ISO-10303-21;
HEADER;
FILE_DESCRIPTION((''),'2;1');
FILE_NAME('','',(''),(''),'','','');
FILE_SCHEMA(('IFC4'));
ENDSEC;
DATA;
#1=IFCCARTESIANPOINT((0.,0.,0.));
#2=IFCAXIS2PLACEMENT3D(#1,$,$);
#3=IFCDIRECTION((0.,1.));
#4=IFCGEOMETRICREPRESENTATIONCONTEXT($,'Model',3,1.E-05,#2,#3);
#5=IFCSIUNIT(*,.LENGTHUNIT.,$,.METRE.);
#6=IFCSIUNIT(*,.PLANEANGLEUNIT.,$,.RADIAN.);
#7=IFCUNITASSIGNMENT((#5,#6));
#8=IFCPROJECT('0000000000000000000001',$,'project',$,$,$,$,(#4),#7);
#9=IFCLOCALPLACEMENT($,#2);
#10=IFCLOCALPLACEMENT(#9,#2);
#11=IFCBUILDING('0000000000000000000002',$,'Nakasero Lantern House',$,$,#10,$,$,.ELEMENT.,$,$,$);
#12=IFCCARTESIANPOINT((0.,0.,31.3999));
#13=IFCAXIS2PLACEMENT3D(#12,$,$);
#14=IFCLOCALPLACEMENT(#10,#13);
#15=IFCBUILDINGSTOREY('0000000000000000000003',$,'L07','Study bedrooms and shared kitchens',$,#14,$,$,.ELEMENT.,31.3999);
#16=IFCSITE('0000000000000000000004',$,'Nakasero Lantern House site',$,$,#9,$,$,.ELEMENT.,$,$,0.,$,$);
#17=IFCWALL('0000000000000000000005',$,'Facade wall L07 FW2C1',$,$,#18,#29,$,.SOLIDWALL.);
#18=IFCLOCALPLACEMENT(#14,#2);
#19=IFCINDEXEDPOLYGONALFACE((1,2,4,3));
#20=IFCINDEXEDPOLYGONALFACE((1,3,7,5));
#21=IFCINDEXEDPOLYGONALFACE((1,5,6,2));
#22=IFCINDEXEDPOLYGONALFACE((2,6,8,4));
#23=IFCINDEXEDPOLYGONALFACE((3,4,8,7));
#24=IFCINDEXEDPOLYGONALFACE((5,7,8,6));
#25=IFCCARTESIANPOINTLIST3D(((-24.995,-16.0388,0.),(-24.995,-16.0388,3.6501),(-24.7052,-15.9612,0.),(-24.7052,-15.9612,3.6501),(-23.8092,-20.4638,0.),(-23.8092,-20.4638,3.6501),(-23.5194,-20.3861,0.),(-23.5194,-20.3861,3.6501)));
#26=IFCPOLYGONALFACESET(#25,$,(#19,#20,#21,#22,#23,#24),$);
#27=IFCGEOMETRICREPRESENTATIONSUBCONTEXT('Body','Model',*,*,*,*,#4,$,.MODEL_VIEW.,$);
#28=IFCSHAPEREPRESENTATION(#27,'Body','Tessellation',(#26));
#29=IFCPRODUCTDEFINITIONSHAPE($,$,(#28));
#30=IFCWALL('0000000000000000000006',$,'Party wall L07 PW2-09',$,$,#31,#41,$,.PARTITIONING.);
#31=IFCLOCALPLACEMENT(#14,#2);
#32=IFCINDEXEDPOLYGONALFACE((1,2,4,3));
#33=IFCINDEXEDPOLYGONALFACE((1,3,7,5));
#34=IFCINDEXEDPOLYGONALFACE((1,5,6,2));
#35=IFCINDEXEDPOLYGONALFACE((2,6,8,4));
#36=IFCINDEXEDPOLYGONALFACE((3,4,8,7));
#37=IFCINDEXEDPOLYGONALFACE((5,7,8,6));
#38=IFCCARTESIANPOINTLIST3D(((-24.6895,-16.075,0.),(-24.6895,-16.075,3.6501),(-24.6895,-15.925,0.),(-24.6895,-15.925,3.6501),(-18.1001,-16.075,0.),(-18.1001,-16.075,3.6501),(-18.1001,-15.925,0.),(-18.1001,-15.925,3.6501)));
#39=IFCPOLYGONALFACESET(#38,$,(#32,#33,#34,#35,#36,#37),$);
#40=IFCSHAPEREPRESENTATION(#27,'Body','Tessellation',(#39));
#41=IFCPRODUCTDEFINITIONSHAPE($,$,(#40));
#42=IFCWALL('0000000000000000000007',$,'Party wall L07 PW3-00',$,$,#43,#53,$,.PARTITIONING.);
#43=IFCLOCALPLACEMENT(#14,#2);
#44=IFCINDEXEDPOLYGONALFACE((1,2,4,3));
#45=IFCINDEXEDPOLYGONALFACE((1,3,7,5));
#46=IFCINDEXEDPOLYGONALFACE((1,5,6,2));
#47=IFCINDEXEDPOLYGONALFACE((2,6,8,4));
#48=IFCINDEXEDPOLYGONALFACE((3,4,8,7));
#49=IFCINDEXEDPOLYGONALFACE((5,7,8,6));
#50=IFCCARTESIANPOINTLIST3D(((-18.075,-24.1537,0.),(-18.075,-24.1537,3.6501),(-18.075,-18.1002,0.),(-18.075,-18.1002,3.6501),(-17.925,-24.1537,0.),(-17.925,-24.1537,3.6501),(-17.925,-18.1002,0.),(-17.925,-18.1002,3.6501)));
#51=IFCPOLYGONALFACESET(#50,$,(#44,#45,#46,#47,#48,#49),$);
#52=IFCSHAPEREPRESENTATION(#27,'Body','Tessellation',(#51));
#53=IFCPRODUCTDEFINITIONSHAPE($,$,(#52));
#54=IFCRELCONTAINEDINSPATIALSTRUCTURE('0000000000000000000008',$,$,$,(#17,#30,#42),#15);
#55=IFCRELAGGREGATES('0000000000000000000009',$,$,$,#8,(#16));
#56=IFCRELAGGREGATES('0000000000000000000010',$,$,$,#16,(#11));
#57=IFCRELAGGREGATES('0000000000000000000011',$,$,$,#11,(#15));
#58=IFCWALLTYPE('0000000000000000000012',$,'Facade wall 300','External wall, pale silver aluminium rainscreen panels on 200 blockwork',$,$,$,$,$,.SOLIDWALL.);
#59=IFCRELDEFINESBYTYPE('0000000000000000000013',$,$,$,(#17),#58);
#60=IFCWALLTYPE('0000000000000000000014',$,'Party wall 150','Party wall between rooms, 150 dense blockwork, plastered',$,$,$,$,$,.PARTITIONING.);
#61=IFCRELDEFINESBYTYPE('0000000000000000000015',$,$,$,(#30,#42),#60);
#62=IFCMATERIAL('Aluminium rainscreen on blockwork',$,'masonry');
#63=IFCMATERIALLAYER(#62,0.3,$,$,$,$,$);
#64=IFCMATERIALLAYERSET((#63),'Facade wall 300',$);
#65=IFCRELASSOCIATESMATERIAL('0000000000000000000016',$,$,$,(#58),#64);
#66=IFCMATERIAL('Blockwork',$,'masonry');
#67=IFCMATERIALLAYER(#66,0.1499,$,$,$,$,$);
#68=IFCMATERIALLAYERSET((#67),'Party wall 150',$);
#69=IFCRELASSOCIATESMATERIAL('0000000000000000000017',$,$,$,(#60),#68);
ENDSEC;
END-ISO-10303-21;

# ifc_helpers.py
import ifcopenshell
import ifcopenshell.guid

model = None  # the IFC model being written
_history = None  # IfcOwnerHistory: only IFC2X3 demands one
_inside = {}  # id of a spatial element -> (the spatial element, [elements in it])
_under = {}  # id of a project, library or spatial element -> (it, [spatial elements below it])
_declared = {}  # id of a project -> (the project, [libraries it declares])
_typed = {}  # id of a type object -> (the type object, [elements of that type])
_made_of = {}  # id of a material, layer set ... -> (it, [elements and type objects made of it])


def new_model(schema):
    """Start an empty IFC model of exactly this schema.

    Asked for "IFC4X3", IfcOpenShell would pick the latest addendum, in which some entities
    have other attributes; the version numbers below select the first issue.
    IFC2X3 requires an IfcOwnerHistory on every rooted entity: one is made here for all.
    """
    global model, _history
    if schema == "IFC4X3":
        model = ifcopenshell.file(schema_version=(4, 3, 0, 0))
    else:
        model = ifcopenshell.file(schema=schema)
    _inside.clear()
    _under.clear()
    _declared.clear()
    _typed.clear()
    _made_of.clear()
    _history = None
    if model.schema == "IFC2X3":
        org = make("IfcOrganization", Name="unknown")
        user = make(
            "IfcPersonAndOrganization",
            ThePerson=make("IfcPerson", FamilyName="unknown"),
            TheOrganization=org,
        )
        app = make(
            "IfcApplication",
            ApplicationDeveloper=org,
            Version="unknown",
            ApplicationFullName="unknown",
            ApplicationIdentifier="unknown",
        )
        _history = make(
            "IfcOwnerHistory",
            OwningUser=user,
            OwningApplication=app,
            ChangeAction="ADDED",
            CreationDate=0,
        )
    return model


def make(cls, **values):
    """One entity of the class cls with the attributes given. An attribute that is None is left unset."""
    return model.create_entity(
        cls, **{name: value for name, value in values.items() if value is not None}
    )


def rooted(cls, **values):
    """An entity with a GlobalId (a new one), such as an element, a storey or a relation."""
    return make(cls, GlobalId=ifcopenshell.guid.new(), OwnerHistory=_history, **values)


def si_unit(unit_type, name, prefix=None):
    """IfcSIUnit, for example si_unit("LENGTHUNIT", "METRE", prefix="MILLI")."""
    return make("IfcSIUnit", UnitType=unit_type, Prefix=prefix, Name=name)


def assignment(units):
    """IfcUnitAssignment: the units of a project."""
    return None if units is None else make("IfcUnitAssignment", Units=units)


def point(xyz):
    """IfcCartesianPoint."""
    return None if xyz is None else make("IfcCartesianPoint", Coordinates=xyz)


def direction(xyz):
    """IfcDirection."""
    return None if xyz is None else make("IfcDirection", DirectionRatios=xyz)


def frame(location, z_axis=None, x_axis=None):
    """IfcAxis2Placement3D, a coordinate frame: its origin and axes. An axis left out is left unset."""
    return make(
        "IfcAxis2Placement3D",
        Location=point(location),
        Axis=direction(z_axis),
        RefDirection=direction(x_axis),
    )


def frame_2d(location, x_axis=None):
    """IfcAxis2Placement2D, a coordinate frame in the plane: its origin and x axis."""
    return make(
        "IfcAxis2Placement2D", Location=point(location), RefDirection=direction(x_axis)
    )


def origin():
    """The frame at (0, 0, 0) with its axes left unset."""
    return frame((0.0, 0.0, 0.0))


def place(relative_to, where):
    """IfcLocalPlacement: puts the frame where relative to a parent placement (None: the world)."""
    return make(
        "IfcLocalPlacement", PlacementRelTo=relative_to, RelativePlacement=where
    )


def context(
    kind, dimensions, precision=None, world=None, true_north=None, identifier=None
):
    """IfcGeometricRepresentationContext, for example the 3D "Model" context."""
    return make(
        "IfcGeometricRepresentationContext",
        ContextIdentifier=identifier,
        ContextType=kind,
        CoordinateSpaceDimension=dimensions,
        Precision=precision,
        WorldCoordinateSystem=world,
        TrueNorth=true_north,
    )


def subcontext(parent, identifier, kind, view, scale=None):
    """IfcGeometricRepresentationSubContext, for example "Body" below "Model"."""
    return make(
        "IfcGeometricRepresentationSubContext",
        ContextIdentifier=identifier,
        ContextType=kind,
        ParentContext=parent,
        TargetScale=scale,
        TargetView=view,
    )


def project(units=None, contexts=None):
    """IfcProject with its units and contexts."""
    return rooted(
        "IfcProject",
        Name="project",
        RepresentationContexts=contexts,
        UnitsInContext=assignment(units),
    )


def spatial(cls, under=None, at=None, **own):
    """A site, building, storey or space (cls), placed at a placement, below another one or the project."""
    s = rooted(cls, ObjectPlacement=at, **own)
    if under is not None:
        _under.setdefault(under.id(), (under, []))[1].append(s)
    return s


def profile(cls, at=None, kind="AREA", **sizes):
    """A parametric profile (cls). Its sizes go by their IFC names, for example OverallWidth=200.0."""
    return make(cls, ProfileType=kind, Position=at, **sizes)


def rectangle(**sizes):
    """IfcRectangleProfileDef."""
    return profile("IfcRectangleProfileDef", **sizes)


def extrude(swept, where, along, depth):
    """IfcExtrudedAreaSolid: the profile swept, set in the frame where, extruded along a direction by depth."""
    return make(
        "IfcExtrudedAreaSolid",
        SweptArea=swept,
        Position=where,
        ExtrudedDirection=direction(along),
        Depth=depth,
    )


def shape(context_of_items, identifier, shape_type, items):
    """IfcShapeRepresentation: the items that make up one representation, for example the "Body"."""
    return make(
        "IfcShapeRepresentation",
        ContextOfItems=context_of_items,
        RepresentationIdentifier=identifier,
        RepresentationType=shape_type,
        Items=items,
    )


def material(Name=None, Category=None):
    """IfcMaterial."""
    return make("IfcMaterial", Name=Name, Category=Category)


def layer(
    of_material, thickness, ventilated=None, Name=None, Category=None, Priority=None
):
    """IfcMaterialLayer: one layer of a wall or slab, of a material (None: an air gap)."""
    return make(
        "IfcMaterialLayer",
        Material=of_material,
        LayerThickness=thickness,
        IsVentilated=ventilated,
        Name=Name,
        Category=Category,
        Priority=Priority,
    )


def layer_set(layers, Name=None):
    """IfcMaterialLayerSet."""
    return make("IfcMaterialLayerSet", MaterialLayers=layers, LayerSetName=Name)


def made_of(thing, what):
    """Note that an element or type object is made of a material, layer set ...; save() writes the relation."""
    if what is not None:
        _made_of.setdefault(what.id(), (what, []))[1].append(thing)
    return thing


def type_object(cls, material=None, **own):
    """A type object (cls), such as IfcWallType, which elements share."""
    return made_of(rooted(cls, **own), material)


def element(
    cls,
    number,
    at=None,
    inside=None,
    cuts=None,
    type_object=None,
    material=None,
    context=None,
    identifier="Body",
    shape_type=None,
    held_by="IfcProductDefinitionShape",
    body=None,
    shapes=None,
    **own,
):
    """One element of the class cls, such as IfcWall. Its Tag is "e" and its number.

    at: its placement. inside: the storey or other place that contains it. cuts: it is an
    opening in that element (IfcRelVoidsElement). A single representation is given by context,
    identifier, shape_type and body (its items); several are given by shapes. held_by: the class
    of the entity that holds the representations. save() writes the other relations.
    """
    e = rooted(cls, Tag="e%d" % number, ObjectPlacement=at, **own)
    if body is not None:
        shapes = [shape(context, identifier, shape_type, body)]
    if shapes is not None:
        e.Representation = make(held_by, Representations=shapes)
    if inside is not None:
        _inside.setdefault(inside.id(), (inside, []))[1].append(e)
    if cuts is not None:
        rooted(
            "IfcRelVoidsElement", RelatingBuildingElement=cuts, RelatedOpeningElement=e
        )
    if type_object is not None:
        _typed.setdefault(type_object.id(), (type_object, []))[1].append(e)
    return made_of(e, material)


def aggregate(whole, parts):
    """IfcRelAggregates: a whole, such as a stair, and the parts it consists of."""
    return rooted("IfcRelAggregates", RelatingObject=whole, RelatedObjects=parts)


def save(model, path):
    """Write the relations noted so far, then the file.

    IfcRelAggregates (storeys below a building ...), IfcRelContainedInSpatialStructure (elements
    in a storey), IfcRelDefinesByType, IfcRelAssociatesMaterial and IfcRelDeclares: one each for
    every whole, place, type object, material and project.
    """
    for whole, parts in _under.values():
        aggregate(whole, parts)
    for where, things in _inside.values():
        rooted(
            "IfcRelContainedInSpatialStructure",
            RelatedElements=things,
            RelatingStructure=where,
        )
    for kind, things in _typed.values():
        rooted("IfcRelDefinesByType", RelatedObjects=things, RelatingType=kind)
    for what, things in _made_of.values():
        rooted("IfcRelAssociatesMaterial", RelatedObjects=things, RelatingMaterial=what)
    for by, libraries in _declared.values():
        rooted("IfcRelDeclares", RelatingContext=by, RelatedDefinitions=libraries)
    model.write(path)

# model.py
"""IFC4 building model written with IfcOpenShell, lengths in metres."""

from ifc_helpers import new_model, si_unit, direction, frame, frame_2d, origin, place, context, subcontext, project, spatial, rectangle, extrude, material, layer, layer_set, type_object, element, save


model = new_model("IFC4")

# Units and contexts
model_context = context("Model", 3, precision=1e-05, world=origin(), true_north=direction((0.0, 1.0)))
body_context = subcontext(model_context, "Body", "Model", "MODEL_VIEW")
ifc_project = project(units=[si_unit("LENGTHUNIT", "METRE"), si_unit("PLANEANGLEUNIT", "RADIAN")], contexts=[model_context])

# Site, building, storey
site_placement = place(None, origin())
site = spatial("IfcSite", under=ifc_project, at=site_placement, Name="Nakasero Lantern House site", CompositionType="ELEMENT", RefElevation=0.0)
building_placement = place(site_placement, origin())
building = spatial("IfcBuilding", under=site, at=building_placement, Name="Nakasero Lantern House", CompositionType="ELEMENT")
storey_placement = place(building_placement, frame((0.0, 0.0, 31.3999)))
storey = spatial("IfcBuildingStorey", under=building, at=storey_placement, Name="L07", Description="Study bedrooms and shared kitchens", CompositionType="ELEMENT", Elevation=31.3999)

# Walls
ifc_material_1 = material(Name="Aluminium rainscreen on blockwork", Category="masonry")
ifc_layer_1 = layer(ifc_material_1, 0.3)
ifc_layer_set_1 = layer_set([ifc_layer_1], Name="Facade wall 300")
wall_type_1 = type_object("IfcWallType", Name="Facade wall 300", Description="External wall, pale silver aluminium rainscreen panels on 200 blockwork", PredefinedType="SOLIDWALL", material=ifc_layer_set_1)
wall_1_placement = place(storey_placement, frame((-24.8501, -16.0, 0.0), z_axis=(0.0, 0.0, 1.0), x_axis=(0.25884, -0.96592, 0.0)))
element("IfcWall", 1, at=wall_1_placement, inside=storey, type_object=wall_type_1, Name="Facade wall L07 FW2C1", PredefinedType="SOLIDWALL", context=body_context, shape_type="SweptSolid", body=[
    extrude(rectangle(XDim=4.5811, YDim=0.3, at=frame_2d((2.2905, 0.0))), origin(), (0.0, 0.0, 1.0), 3.6501),
])
ifc_material_2 = material(Name="Blockwork", Category="masonry")
ifc_layer_2 = layer(ifc_material_2, 0.1499)
ifc_layer_set_2 = layer_set([ifc_layer_2], Name="Party wall 150")
wall_type_2 = type_object("IfcWallType", Name="Party wall 150", Description="Party wall between rooms, 150 dense blockwork, plastered", PredefinedType="PARTITIONING", material=ifc_layer_set_2)
wall_2_placement = place(storey_placement, frame((-18.1001, -16.0, 0.0), z_axis=(0.0, 0.0, 1.0), x_axis=(-1.0, 0.0, 0.0)))
element("IfcWall", 2, at=wall_2_placement, inside=storey, type_object=wall_type_2, Name="Party wall L07 PW2-09", PredefinedType="PARTITIONING", context=body_context, shape_type="SweptSolid", body=[
    extrude(rectangle(XDim=6.5894, YDim=0.1499, at=frame_2d((3.2947, 0.0))), origin(), (0.0, 0.0, 1.0), 3.6501),
])
wall_3_placement = place(storey_placement, frame((-18.0, -18.1001, 0.0), z_axis=(0.0, 0.0, 1.0), x_axis=(0.0, -1.0, 0.0)))
element("IfcWall", 3, at=wall_3_placement, inside=storey, type_object=wall_type_2, Name="Party wall L07 PW3-00", PredefinedType="PARTITIONING", context=body_context, shape_type="SweptSolid", body=[
    extrude(rectangle(XDim=6.0535, YDim=0.1499, at=frame_2d((3.0269, 0.0))), origin(), (0.0, 0.0, 1.0), 3.6501),
])

save(model, "model.ifc")
